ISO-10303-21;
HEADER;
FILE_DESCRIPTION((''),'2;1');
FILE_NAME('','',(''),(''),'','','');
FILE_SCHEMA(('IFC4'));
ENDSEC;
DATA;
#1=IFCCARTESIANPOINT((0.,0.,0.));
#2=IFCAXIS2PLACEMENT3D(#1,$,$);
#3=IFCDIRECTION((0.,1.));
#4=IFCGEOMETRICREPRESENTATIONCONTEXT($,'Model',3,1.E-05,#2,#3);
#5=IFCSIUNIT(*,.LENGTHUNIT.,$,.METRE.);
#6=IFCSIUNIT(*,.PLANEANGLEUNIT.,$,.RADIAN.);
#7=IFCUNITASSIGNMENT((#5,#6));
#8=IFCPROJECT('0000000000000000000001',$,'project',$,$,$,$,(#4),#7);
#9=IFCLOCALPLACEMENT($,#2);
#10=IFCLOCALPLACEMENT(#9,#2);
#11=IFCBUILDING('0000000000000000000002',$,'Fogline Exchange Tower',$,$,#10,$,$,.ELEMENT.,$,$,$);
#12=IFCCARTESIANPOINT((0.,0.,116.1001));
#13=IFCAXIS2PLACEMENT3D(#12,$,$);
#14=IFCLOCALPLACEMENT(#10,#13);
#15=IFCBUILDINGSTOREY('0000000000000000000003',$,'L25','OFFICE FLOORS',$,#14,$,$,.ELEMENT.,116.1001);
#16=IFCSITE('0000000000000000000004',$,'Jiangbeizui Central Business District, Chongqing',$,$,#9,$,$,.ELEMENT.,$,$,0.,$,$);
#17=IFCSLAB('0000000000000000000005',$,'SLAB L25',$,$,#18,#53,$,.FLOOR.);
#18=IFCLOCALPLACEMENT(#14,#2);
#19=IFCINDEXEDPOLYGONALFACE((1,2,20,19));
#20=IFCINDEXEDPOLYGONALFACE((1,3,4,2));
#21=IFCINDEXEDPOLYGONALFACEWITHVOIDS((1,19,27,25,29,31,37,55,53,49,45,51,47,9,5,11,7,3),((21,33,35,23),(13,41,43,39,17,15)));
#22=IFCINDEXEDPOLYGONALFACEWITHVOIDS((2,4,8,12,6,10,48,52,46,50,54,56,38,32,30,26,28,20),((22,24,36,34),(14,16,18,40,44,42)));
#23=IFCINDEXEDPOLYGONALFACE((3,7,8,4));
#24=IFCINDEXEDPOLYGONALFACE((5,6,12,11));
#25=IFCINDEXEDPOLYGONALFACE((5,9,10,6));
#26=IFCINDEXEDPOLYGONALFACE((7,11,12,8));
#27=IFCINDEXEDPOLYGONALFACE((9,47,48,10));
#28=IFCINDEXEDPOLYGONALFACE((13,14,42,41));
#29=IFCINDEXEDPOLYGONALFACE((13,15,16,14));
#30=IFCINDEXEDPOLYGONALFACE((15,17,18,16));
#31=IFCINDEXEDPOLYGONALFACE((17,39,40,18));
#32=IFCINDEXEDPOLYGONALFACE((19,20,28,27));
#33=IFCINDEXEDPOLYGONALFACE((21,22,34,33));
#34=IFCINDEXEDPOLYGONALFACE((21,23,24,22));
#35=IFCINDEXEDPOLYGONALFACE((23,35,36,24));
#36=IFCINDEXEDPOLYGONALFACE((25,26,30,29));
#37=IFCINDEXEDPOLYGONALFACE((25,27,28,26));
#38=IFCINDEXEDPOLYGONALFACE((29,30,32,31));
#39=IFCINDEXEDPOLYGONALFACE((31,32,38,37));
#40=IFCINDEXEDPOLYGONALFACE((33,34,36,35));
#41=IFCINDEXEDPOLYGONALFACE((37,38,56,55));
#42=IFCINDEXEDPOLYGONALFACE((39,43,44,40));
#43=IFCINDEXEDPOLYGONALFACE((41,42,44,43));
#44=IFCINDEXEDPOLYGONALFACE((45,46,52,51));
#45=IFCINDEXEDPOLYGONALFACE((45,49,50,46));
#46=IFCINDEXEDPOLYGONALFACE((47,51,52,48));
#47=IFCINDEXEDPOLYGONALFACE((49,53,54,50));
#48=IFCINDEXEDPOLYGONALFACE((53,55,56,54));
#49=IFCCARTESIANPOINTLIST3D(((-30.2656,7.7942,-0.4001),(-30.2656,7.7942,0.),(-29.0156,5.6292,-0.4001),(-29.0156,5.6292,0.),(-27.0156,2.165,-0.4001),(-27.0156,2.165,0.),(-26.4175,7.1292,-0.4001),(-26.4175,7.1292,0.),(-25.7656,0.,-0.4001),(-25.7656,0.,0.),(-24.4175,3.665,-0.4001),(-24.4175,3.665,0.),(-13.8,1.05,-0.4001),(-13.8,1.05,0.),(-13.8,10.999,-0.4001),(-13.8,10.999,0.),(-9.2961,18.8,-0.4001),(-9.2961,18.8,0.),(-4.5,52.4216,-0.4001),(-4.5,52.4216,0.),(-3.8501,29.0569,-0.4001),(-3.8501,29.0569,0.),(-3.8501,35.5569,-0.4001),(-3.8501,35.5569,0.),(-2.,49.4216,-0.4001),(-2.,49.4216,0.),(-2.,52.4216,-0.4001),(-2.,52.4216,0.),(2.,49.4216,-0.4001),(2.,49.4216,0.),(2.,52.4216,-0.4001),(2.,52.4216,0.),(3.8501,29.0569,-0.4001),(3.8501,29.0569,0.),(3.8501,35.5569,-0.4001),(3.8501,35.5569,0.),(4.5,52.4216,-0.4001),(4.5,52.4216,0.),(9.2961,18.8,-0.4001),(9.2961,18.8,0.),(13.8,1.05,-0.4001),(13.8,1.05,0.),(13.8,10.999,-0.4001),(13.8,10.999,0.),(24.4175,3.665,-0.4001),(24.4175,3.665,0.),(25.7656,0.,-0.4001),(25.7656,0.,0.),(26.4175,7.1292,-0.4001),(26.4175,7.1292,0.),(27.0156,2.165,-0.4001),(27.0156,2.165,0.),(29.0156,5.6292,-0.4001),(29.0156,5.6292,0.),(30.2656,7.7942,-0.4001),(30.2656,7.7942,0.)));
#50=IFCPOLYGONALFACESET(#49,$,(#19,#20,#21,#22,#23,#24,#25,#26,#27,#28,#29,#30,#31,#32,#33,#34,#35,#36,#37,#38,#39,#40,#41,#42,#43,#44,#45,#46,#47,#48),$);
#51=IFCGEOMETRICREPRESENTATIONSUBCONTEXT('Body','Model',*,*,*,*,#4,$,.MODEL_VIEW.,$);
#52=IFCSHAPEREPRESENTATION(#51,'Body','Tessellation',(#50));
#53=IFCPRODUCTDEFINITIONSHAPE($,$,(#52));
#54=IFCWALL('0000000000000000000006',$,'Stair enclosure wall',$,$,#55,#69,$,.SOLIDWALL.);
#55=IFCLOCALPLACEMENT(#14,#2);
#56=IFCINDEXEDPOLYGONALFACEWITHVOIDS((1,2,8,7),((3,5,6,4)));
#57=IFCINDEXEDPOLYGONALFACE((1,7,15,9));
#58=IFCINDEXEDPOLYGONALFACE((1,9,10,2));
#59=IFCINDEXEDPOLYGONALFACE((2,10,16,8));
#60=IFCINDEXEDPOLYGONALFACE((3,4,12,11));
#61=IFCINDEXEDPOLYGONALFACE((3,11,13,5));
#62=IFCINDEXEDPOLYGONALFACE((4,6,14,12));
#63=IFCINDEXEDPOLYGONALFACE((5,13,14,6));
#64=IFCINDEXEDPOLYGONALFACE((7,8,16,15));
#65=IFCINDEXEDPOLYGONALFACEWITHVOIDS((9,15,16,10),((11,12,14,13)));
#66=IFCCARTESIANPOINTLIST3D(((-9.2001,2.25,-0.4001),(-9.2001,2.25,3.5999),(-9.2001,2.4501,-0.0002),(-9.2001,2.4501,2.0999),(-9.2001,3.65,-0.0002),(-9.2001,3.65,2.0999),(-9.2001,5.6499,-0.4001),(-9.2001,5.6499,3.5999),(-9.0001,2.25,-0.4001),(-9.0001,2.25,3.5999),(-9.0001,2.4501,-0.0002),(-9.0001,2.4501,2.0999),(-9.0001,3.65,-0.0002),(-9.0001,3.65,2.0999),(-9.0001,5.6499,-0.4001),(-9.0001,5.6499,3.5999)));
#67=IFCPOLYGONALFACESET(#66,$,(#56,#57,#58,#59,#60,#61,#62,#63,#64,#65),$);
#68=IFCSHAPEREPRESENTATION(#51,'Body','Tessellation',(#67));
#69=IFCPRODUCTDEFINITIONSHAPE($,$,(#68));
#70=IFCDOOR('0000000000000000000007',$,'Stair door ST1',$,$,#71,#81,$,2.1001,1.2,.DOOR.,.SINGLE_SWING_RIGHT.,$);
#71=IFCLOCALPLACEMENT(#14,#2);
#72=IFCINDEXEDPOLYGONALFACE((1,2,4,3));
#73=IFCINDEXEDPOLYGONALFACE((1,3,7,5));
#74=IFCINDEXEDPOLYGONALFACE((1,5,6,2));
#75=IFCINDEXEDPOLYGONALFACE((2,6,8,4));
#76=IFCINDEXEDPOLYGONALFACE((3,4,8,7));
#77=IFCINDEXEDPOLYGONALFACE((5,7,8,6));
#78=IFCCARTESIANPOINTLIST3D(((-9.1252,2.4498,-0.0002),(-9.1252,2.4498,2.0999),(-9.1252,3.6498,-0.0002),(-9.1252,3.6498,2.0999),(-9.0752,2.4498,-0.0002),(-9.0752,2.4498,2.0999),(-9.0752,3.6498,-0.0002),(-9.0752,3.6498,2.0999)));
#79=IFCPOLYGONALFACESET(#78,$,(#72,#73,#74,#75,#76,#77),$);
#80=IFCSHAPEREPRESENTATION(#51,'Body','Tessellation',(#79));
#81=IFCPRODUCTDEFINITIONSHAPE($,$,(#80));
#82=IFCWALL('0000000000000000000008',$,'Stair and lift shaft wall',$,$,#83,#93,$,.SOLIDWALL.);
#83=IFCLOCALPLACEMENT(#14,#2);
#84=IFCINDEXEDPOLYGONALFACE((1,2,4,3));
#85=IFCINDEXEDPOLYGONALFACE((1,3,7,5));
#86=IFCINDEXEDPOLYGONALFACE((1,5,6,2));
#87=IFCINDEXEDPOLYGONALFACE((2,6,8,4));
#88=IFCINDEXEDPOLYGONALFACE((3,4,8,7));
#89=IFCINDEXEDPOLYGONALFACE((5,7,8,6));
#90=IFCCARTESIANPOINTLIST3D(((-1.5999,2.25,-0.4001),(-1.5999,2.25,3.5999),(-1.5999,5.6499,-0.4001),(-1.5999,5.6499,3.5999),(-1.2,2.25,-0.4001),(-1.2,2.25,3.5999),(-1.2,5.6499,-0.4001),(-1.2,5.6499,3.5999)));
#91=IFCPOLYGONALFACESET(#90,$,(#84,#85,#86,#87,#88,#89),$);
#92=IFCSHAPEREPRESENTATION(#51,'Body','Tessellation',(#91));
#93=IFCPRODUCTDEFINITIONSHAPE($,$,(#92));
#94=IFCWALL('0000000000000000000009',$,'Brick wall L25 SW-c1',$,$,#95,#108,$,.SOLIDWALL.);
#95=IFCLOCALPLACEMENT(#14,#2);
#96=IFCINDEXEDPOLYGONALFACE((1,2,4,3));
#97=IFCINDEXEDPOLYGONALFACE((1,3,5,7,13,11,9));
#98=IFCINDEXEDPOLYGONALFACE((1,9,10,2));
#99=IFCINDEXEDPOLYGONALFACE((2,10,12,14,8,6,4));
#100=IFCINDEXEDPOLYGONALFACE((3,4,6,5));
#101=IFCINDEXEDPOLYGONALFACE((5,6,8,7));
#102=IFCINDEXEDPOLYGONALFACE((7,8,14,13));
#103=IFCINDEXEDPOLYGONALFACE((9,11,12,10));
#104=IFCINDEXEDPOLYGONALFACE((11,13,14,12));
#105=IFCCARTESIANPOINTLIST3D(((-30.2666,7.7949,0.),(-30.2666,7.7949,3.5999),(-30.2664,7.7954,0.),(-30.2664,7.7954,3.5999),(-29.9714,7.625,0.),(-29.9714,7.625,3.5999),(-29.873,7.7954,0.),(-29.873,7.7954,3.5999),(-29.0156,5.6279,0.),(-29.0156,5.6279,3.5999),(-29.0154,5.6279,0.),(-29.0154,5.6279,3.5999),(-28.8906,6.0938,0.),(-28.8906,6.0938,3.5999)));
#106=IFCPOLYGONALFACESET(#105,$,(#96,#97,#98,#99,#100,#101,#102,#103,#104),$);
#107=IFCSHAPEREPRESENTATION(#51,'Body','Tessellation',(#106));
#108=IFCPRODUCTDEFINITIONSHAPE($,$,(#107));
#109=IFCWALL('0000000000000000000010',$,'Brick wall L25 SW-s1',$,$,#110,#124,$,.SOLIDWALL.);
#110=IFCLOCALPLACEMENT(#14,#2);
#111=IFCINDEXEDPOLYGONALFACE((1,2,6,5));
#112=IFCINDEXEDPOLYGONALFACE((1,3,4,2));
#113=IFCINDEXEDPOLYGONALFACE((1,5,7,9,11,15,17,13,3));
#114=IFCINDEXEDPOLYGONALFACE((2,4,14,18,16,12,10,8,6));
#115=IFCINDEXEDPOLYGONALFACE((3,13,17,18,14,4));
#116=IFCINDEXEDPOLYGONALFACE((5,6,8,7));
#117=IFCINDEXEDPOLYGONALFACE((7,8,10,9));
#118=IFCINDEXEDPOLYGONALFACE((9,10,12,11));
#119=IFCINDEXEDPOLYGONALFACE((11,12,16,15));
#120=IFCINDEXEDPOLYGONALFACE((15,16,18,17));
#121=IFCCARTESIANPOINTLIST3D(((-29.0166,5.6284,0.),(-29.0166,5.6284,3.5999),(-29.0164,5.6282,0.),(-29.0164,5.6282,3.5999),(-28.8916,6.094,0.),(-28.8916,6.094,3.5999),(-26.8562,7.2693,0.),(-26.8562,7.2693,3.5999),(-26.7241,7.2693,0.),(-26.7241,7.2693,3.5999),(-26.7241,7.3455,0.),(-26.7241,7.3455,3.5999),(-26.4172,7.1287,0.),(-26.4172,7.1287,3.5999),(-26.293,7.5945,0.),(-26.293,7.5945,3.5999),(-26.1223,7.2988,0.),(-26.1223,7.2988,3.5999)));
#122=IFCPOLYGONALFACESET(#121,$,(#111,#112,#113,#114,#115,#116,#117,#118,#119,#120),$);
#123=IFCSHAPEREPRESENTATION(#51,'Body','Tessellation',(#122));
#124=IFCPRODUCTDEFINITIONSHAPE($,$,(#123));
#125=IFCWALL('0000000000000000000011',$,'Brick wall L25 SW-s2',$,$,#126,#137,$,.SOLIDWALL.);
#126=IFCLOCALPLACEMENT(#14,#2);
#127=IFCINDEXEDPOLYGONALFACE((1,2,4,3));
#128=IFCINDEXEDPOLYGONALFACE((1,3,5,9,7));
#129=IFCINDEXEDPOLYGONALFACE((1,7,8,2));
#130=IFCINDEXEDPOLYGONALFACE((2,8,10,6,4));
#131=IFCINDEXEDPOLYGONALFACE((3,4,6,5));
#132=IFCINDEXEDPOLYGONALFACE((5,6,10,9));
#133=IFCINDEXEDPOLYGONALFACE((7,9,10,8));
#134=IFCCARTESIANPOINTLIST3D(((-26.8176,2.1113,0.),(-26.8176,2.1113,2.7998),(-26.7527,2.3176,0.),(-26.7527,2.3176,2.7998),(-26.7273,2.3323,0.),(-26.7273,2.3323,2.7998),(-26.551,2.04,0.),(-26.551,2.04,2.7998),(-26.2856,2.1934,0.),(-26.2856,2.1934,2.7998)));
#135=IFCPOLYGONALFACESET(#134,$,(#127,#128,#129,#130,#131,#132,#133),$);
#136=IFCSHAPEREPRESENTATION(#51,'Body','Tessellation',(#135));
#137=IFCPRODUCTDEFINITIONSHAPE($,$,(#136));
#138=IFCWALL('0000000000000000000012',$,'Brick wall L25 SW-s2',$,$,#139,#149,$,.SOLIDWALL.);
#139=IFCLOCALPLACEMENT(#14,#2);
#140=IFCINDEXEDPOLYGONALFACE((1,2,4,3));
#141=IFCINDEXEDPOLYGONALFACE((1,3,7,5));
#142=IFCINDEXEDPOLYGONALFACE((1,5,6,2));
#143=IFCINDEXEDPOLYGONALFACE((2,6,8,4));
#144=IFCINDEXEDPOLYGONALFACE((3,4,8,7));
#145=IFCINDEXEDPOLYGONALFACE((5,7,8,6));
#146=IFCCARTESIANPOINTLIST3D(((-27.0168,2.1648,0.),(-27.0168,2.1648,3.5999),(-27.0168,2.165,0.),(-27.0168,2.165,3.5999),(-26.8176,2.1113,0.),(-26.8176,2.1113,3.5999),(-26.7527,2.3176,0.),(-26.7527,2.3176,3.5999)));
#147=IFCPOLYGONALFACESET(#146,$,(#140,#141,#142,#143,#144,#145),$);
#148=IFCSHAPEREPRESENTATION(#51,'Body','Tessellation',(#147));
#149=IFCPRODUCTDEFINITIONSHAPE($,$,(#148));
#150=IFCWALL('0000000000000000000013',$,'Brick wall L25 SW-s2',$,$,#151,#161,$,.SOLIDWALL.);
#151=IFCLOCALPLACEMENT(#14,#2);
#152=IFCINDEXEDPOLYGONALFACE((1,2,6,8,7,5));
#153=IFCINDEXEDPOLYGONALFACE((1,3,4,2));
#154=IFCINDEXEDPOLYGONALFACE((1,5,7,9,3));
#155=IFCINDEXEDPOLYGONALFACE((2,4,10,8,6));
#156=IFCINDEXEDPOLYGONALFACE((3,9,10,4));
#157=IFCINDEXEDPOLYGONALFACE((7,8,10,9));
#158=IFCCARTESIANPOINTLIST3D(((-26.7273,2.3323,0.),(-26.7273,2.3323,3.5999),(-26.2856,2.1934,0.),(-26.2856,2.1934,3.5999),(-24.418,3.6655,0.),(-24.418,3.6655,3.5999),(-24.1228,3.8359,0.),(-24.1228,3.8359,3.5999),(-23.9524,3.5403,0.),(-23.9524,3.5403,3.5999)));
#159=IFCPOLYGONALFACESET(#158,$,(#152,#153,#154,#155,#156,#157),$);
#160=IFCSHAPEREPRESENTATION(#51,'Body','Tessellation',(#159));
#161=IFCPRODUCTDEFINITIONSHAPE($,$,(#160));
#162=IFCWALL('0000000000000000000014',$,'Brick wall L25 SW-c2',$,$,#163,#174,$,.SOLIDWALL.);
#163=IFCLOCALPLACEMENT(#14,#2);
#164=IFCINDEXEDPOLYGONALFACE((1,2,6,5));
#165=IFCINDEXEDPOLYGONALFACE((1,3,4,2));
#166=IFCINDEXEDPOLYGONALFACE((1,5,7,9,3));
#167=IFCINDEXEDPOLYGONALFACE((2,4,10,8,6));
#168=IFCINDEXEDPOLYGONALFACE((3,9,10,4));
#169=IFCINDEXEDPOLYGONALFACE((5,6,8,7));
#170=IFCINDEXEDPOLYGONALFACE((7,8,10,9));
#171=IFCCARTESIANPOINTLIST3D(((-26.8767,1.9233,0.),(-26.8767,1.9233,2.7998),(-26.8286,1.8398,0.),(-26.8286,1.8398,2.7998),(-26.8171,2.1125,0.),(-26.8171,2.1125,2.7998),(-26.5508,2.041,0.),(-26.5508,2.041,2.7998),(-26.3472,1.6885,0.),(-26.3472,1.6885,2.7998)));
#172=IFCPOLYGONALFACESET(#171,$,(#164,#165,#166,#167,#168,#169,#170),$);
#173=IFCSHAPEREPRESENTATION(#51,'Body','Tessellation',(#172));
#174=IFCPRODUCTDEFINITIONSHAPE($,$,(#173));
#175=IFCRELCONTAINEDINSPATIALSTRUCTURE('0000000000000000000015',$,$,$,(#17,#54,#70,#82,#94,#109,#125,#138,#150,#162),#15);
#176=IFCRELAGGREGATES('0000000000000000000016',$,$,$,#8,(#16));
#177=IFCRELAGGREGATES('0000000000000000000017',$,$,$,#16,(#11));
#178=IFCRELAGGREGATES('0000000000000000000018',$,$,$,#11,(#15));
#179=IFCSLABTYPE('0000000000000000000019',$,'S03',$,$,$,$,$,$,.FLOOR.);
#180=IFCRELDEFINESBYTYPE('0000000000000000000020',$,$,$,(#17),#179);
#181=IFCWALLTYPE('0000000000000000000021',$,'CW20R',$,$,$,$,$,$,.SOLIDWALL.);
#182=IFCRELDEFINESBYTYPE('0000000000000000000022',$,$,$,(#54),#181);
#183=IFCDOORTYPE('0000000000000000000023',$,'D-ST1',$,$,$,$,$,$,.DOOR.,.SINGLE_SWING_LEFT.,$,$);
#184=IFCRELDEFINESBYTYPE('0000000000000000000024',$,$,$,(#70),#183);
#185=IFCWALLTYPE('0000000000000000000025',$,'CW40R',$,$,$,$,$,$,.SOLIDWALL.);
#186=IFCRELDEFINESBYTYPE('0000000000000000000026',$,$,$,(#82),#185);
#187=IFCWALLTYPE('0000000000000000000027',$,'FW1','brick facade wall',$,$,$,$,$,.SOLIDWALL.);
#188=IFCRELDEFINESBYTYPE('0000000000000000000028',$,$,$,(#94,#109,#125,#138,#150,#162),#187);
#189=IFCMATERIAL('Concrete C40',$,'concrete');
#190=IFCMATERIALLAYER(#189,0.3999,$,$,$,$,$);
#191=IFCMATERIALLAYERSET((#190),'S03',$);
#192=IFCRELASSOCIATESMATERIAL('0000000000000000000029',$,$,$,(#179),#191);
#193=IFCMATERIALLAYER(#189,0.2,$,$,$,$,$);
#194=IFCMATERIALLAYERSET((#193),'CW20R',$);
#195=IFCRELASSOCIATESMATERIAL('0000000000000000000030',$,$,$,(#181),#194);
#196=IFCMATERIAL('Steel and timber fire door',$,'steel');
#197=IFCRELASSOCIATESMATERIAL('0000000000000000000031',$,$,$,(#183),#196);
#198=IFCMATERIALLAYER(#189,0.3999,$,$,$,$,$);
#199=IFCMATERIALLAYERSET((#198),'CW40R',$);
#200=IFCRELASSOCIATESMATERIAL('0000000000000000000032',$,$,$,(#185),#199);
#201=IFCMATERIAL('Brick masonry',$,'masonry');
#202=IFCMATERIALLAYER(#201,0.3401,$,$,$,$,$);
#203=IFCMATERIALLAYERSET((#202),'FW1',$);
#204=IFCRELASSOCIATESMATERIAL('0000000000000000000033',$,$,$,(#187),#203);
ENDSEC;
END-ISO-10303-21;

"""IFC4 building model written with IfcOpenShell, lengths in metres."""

from ifc_helpers import new_model, si_unit, direction, frame, frame_2d, origin, place, context, subcontext, project, spatial, polyline, rectangle, outline, extrude, material, layer, layer_set, type_object, element, fill, save


model = new_model("IFC4")

# Units and contexts
model_context = context("Model", 3, precision=1e-05, world=origin(), true_north=direction((0.0, 1.0)))
body_context = subcontext(model_context, "Body", "Model", "MODEL_VIEW")
ifc_project = project(units=[si_unit("LENGTHUNIT", "METRE"), si_unit("PLANEANGLEUNIT", "RADIAN")], contexts=[model_context])

# Site, building, storey
site_placement = place(None, origin())
site = spatial("IfcSite", under=ifc_project, at=site_placement, Name="Jiangbeizui Central Business District, Chongqing", CompositionType="ELEMENT", RefElevation=0.0)
building_placement = place(site_placement, origin())
building = spatial("IfcBuilding", under=site, at=building_placement, Name="Fogline Exchange Tower", CompositionType="ELEMENT")
storey_placement = place(building_placement, frame((0.0, 0.0, 116.1001)))
storey = spatial("IfcBuildingStorey", under=building, at=storey_placement, Name="L25", Description="OFFICE FLOORS", CompositionType="ELEMENT", Elevation=116.1001)

# Slab
ifc_material_1 = material(Name="Concrete C40", Category="concrete")
ifc_layer_1 = layer(ifc_material_1, 0.3999)
ifc_layer_set_1 = layer_set([ifc_layer_1], Name="S03")
slab_type = type_object("IfcSlabType", Name="S03", PredefinedType="FLOOR", material=ifc_layer_set_1)
slab_placement = place(storey_placement, frame((0.0, 0.0, -0.4001)))
element("IfcSlab", 1, at=slab_placement, inside=storey, type_object=slab_type, Name="SLAB L25", PredefinedType="FLOOR", context=body_context, shape_type="SweptSolid", body=[
    extrude(outline(polyline([(-2.0, 52.4216), (-4.5, 52.4216), (-30.2656, 7.7942), (-29.0156, 5.6292), (-26.4175, 7.1292), (-24.4175, 3.665), (-27.0156, 2.165), (-25.7656, 0.0), (25.7656, 0.0), (27.0156, 2.165), (24.4175, 3.665), (26.4175, 7.1292), (29.0156, 5.6292), (30.2656, 7.7942), (4.5, 52.4216), (2.0, 52.4216), (2.0, 49.4216), (-2.0, 49.4216), (-2.0, 52.4216)]), holes=[polyline([(13.8, 10.999), (13.8, 1.05), (-13.8, 1.05), (-13.8, 10.999), (-9.2961, 18.8), (9.2961, 18.8), (13.8, 10.999)]), polyline([(3.8501, 35.5569), (3.8501, 29.0569), (-3.8501, 29.0569), (-3.8501, 35.5569), (3.8501, 35.5569)])]), origin(), (0.0, 0.0, 1.0), 0.4001),
])

# Wall, opening, door
ifc_layer_2 = layer(ifc_material_1, 0.2)
ifc_layer_set_2 = layer_set([ifc_layer_2], Name="CW20R")
wall_type_1 = type_object("IfcWallType", Name="CW20R", PredefinedType="SOLIDWALL", material=ifc_layer_set_2)
wall_1_placement = place(storey_placement, frame((-9.1001, 2.25, -0.4001), z_axis=(0.0, 0.0, 1.0), x_axis=(0.0, 1.0, 0.0)))
wall_1 = element("IfcWall", 2, at=wall_1_placement, inside=storey, type_object=wall_type_1, Name="Stair enclosure wall", PredefinedType="SOLIDWALL", context=body_context, shape_type="SweptSolid", body=[
    extrude(rectangle(XDim=3.3999, YDim=0.2, at=frame_2d((1.7, 0.0))), origin(), (0.0, 0.0, 1.0), 4.0),
])
opening_placement = place(wall_1_placement, frame((0.2, 0.0, 0.3999)))
opening = element("IfcOpeningElement", 3, at=opening_placement, cuts=wall_1, PredefinedType="OPENING", context=body_context, shape_type="SweptSolid", body=[
    extrude(rectangle(XDim=1.2, YDim=2.1001, at=frame_2d((0.6001, 1.05))), frame((0.0, 0.1099, 0.0), z_axis=(0.0, -1.0, 0.0), x_axis=(1.0, 0.0, 0.0)), (0.0, 0.0, 1.0), 0.22),
])
ifc_material_2 = material(Name="Steel and timber fire door", Category="steel")
door_type = type_object("IfcDoorType", Name="D-ST1", OperationType="SINGLE_SWING_LEFT", PredefinedType="DOOR", material=ifc_material_2)
door_placement = place(opening_placement, frame((1.2, 0.0, 0.0), z_axis=(0.0, 0.0, 1.0), x_axis=(-1.0, 0.0, 0.0)))
door = element("IfcDoor", 4, at=door_placement, inside=storey, type_object=door_type, Name="Stair door ST1", OperationType="SINGLE_SWING_RIGHT", OverallHeight=2.1001, OverallWidth=1.2, PredefinedType="DOOR", context=body_context, shape_type="SweptSolid", body=[
    extrude(rectangle(XDim=1.2, YDim=2.1001, at=frame_2d((0.6001, 1.05))), frame((0.0, 0.0249, 0.0), z_axis=(0.0, -1.0, 0.0), x_axis=(1.0, 0.0, 0.0)), (0.0, 0.0, 1.0), 0.05),
])
fill(opening, door)

# Walls
ifc_layer_3 = layer(ifc_material_1, 0.3999)
ifc_layer_set_3 = layer_set([ifc_layer_3], Name="CW40R")
wall_type_2 = type_object("IfcWallType", Name="CW40R", PredefinedType="SOLIDWALL", material=ifc_layer_set_3)
wall_2_placement = place(storey_placement, frame((-1.3999, 2.25, -0.4001), z_axis=(0.0, 0.0, 1.0), x_axis=(0.0, 1.0, 0.0)))
element("IfcWall", 5, at=wall_2_placement, inside=storey, type_object=wall_type_2, Name="Stair and lift shaft wall", PredefinedType="SOLIDWALL", context=body_context, shape_type="SweptSolid", body=[
    extrude(rectangle(XDim=3.3999, YDim=0.3999, at=frame_2d((1.7, 0.0))), origin(), (0.0, 0.0, 1.0), 4.0),
])
ifc_material_3 = material(Name="Brick masonry", Category="masonry")
ifc_layer_4 = layer(ifc_material_3, 0.3401)
ifc_layer_set_4 = layer_set([ifc_layer_4], Name="FW1")
wall_type_3 = type_object("IfcWallType", Name="FW1", Description="brick facade wall", PredefinedType="SOLIDWALL", material=ifc_layer_set_4)
wall_3_placement = place(storey_placement, origin())
element("IfcWall", 6, at=wall_3_placement, inside=storey, type_object=wall_type_3, Name="Brick wall L25 SW-c1", PredefinedType="SOLIDWALL", context=body_context, shape_type="SweptSolid", body=[
    extrude(outline(polyline([(-29.0156, 5.6279), (-30.2666, 7.7949), (-30.2664, 7.7954), (-29.9714, 7.625), (-29.873, 7.7954), (-28.8906, 6.0938), (-29.0154, 5.6279), (-29.0156, 5.6279)])), origin(), (0.0, 0.0, 1.0), 3.5999),
])
wall_4_placement = place(storey_placement, origin())
element("IfcWall", 7, at=wall_4_placement, inside=storey, type_object=wall_type_3, Name="Brick wall L25 SW-s1", PredefinedType="SOLIDWALL", context=body_context, shape_type="SweptSolid", body=[
    extrude(outline(polyline([(-26.8562, 7.2693), (-26.7241, 7.2693), (-26.7241, 7.3455), (-26.293, 7.5945), (-26.1223, 7.2988), (-26.4172, 7.1287), (-29.0164, 5.6282), (-29.0166, 5.6284), (-28.8916, 6.094), (-26.8562, 7.2693)])), origin(), (0.0, 0.0, 1.0), 3.5999),
])
wall_5_placement = place(storey_placement, origin())
element("IfcWall", 8, at=wall_5_placement, inside=storey, type_object=wall_type_3, Name="Brick wall L25 SW-s2", PredefinedType="SOLIDWALL", context=body_context, shape_type="SweptSolid", body=[
    extrude(outline(polyline([(-26.7273, 2.3323), (-26.2856, 2.1934), (-26.551, 2.04), (-26.8176, 2.1113), (-26.7527, 2.3176), (-26.7273, 2.3323)])), origin(), (0.0, 0.0, 1.0), 2.7998),
])
wall_6_placement = place(storey_placement, origin())
element("IfcWall", 9, at=wall_6_placement, inside=storey, type_object=wall_type_3, Name="Brick wall L25 SW-s2", PredefinedType="SOLIDWALL", context=body_context, shape_type="SweptSolid", body=[
    extrude(outline(polyline([(-26.7527, 2.3176), (-26.8176, 2.1113), (-27.0168, 2.1648), (-27.0168, 2.165), (-26.7527, 2.3176)])), origin(), (0.0, 0.0, 1.0), 3.5999),
])
wall_7_placement = place(storey_placement, origin())
element("IfcWall", 10, at=wall_7_placement, inside=storey, type_object=wall_type_3, Name="Brick wall L25 SW-s2", PredefinedType="SOLIDWALL", context=body_context, shape_type="SweptSolid", body=[
    extrude(outline(polyline([(-24.418, 3.6655), (-24.1228, 3.8359), (-23.9524, 3.5403), (-26.2856, 2.1934), (-26.7273, 2.3323), (-24.418, 3.6655)])), origin(), (0.0, 0.0, 1.0), 3.5999),
])
wall_8_placement = place(storey_placement, origin())
element("IfcWall", 11, at=wall_8_placement, inside=storey, type_object=wall_type_3, Name="Brick wall L25 SW-c2", PredefinedType="SOLIDWALL", context=body_context, shape_type="SweptSolid", body=[
    extrude(outline(polyline([(-26.8767, 1.9233), (-26.8171, 2.1125), (-26.5508, 2.041), (-26.3472, 1.6885), (-26.8286, 1.8398), (-26.8767, 1.9233)])), origin(), (0.0, 0.0, 1.0), 2.7998),
])

save(model, "model.ifc")
